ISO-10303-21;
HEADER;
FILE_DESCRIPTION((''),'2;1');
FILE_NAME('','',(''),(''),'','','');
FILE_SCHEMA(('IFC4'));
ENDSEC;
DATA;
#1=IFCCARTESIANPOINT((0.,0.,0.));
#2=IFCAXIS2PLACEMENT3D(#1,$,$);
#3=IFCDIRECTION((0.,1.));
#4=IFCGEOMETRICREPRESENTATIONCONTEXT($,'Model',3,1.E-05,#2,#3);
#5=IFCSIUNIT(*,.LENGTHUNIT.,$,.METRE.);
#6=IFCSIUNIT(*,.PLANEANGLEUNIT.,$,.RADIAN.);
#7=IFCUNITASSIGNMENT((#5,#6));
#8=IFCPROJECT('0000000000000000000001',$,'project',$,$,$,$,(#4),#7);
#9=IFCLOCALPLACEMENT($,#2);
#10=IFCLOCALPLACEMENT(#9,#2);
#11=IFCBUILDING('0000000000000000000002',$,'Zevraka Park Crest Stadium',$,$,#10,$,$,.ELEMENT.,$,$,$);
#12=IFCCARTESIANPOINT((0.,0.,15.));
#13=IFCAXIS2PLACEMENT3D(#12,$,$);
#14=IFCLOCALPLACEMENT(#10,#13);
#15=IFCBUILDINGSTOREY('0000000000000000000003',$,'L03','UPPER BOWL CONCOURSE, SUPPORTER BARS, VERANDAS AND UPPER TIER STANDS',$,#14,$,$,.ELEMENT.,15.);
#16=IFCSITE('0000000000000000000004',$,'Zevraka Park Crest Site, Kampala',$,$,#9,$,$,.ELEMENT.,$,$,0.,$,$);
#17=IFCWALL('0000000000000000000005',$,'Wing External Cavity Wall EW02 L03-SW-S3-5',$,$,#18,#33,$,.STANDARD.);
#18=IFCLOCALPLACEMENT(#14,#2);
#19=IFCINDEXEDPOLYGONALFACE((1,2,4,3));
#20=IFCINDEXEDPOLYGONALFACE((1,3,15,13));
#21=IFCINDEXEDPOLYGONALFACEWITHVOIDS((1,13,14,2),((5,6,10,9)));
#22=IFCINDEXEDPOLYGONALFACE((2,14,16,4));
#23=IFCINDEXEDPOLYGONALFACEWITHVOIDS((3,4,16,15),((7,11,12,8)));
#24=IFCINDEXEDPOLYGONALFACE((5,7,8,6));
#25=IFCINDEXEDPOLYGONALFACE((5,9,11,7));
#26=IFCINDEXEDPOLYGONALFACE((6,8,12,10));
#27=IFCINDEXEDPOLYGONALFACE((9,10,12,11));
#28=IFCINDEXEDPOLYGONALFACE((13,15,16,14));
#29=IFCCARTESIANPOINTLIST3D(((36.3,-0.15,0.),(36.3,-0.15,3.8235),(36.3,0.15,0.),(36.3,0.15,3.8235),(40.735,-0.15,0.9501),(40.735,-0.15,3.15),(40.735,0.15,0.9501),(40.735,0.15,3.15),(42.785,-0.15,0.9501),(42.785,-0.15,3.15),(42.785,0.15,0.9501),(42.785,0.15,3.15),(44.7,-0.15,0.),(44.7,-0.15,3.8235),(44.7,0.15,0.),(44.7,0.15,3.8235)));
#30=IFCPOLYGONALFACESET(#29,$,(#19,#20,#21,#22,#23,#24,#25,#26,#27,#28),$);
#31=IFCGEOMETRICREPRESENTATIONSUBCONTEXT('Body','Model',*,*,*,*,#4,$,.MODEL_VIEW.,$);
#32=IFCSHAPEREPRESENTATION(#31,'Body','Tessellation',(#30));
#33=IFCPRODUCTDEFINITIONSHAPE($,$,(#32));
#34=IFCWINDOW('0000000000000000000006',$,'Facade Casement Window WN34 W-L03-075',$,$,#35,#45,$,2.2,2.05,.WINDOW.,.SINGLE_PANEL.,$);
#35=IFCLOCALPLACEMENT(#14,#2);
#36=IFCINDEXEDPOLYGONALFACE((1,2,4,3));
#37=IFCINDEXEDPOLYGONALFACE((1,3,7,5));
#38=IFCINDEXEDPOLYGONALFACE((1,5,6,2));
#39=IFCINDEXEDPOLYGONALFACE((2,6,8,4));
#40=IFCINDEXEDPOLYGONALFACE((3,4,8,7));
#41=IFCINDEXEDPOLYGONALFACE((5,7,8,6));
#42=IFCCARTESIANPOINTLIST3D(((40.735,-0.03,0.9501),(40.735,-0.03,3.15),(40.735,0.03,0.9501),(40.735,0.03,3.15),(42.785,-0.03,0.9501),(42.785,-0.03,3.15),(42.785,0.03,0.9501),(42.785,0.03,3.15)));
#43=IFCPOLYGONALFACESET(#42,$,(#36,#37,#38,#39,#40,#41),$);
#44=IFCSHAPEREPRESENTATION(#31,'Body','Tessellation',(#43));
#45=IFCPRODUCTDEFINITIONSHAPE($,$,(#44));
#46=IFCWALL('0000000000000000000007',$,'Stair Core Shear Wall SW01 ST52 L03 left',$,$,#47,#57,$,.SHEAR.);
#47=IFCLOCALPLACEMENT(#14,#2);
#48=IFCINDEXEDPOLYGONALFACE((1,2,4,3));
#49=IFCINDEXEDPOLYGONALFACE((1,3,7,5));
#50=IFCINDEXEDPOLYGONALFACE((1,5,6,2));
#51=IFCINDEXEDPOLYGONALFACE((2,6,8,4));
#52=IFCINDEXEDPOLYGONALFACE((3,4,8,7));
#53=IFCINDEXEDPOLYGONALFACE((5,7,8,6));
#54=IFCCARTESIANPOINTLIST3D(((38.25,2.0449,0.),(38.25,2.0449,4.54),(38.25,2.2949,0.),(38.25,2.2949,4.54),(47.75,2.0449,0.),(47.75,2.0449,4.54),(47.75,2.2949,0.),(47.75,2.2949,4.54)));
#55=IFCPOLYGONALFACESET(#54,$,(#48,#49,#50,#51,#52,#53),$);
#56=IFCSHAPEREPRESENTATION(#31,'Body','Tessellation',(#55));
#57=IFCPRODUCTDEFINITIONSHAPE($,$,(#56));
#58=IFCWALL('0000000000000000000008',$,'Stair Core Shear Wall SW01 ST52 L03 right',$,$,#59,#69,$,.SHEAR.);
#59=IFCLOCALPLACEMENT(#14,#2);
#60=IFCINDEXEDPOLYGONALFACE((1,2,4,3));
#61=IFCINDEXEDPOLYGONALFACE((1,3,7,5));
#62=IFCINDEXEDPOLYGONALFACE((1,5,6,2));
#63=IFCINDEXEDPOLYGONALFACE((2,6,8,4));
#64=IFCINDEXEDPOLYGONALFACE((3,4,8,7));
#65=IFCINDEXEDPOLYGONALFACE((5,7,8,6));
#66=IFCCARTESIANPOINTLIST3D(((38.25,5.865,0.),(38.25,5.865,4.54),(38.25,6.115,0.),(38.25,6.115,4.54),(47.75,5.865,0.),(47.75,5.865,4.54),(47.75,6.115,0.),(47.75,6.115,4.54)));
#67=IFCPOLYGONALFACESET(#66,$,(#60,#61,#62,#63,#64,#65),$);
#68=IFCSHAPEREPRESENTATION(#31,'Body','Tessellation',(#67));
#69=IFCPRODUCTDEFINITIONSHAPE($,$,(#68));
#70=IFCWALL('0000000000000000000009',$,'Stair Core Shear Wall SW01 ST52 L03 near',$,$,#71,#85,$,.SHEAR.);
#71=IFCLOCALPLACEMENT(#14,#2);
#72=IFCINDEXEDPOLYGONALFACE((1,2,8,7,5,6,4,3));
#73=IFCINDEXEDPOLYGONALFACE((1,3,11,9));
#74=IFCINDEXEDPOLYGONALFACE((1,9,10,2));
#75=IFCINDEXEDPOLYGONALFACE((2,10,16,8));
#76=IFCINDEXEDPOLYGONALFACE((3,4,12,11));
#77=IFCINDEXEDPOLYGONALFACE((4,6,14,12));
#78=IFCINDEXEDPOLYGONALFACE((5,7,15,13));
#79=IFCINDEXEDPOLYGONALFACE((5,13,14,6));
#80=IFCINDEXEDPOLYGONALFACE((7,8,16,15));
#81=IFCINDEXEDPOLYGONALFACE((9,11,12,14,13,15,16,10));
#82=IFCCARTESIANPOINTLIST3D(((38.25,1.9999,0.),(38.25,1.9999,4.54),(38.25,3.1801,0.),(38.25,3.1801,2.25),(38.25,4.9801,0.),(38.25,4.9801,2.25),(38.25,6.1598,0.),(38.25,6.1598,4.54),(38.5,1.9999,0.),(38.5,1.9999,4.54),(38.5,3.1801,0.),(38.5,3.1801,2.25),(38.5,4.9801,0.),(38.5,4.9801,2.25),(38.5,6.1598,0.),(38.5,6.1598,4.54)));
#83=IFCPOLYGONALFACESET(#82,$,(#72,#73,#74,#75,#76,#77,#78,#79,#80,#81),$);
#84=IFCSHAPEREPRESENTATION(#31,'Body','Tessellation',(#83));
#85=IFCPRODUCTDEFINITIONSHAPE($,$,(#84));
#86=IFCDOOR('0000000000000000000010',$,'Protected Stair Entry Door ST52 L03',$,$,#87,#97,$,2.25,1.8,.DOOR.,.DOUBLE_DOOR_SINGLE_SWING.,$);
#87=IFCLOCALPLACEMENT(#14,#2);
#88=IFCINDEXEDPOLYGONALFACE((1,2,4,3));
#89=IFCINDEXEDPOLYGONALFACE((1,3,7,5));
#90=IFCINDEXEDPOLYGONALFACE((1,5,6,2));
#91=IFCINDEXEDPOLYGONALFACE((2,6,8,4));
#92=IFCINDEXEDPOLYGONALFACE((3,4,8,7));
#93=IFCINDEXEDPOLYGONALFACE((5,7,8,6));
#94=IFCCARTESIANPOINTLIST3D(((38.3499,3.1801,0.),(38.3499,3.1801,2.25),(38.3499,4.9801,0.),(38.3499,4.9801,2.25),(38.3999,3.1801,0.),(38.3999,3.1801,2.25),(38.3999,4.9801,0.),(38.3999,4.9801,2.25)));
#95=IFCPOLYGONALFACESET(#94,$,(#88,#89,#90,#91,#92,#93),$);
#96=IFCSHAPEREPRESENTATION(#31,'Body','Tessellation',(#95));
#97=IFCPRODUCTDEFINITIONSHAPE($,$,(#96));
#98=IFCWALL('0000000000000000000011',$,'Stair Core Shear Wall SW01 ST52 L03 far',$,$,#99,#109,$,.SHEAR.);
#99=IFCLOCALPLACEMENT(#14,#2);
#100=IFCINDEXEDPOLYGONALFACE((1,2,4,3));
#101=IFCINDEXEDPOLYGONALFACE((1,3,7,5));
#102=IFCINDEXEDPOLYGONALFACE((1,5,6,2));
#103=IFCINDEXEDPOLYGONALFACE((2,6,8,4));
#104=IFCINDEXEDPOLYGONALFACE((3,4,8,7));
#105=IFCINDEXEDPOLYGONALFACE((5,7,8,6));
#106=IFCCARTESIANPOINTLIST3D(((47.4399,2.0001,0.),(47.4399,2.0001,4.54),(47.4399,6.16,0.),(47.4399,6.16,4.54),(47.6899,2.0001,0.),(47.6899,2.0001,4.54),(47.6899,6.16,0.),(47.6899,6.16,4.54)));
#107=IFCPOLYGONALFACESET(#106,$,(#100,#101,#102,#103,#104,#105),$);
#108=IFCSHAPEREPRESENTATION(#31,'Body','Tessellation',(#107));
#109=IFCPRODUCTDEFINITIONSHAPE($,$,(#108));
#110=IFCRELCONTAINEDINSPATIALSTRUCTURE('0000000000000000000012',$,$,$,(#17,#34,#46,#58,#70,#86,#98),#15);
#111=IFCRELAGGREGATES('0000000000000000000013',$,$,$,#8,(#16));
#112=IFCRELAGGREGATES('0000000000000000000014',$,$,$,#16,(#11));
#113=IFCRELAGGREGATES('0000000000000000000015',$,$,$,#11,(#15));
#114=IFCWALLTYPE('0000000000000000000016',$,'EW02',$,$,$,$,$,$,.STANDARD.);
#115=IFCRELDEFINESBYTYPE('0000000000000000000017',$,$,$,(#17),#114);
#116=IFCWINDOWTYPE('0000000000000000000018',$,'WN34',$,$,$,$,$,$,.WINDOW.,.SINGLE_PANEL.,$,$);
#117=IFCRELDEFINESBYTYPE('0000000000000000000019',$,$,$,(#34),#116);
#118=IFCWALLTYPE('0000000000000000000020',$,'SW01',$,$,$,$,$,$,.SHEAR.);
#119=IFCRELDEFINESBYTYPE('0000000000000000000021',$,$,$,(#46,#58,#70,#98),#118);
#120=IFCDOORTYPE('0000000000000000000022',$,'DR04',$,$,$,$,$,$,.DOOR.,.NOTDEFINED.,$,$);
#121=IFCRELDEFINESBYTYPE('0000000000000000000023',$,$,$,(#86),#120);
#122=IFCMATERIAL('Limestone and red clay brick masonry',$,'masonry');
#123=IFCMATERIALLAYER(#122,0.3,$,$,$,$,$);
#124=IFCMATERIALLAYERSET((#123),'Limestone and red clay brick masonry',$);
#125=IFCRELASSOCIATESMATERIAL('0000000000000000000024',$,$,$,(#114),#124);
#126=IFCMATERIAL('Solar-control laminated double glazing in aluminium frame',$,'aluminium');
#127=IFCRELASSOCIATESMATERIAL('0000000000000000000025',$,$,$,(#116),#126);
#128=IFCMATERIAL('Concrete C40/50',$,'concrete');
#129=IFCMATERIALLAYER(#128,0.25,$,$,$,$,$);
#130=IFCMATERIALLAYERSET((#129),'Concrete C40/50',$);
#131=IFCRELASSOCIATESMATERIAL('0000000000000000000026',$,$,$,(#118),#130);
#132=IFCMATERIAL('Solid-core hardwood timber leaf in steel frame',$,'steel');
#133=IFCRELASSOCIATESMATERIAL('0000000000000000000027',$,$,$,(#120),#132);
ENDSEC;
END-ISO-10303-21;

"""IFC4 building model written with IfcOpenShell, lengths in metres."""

from ifc_helpers import new_model, si_unit, direction, frame, frame_2d, origin, place, context, subcontext, project, spatial, rectangle, extrude, material, layer, layer_set, type_object, element, fill, save


model = new_model("IFC4")

# Units and contexts
model_context = context("Model", 3, precision=1e-05, world=origin(), true_north=direction((0.0, 1.0)))
body_context = subcontext(model_context, "Body", "Model", "MODEL_VIEW")
ifc_project = project(units=[si_unit("LENGTHUNIT", "METRE"), si_unit("PLANEANGLEUNIT", "RADIAN")], contexts=[model_context])

# Site, building, storey
site_placement = place(None, origin())
site = spatial("IfcSite", under=ifc_project, at=site_placement, Name="Zevraka Park Crest Site, Kampala", CompositionType="ELEMENT", RefElevation=0.0)
building_placement = place(site_placement, origin())
building = spatial("IfcBuilding", under=site, at=building_placement, Name="Zevraka Park Crest Stadium", CompositionType="ELEMENT")
storey_placement = place(building_placement, frame((0.0, 0.0, 15.0)))
storey = spatial("IfcBuildingStorey", under=building, at=storey_placement, Name="L03", Description="UPPER BOWL CONCOURSE, SUPPORTER BARS, VERANDAS AND UPPER TIER STANDS", CompositionType="ELEMENT", Elevation=15.0)

# Wall, opening, window
ifc_material_1 = material(Name="Limestone and red clay brick masonry", Category="masonry")
ifc_layer_1 = layer(ifc_material_1, 0.3)
ifc_layer_set_1 = layer_set([ifc_layer_1], Name="Limestone and red clay brick masonry")
wall_type_1 = type_object("IfcWallType", Name="EW02", PredefinedType="STANDARD", material=ifc_layer_set_1)
wall_1_placement = place(storey_placement, frame((44.7, 0.0, 0.0), z_axis=(0.0, 0.0, 1.0), x_axis=(-1.0, 0.0, 0.0)))
wall_1 = element("IfcWall", 1, at=wall_1_placement, inside=storey, type_object=wall_type_1, Name="Wing External Cavity Wall EW02 L03-SW-S3-5", PredefinedType="STANDARD", context=body_context, shape_type="SweptSolid", body=[
    extrude(rectangle(XDim=8.3999, YDim=0.3, at=frame_2d((4.2, 0.0))), origin(), (0.0, 0.0, 1.0), 3.8235),
])
opening_1_placement = place(wall_1_placement, frame((1.915, 0.0, 0.95)))
opening_1 = element("IfcOpeningElement", 2, at=opening_1_placement, cuts=wall_1, PredefinedType="OPENING", context=body_context, shape_type="SweptSolid", body=[
    extrude(rectangle(XDim=2.05, YDim=2.2, at=frame_2d((1.0249, 1.1001))), frame((0.0, 0.1599, 0.0), z_axis=(0.0, -1.0, 0.0), x_axis=(1.0, 0.0, 0.0)), (0.0, 0.0, 1.0), 0.3201),
])
ifc_material_2 = material(Name="Solar-control laminated double glazing in aluminium frame", Category="aluminium")
window_type = type_object("IfcWindowType", Name="WN34", PartitioningType="SINGLE_PANEL", PredefinedType="WINDOW", material=ifc_material_2)
window_placement = place(opening_1_placement, origin())
window = element("IfcWindow", 3, at=window_placement, inside=storey, type_object=window_type, Name="Facade Casement Window WN34 W-L03-075", OverallHeight=2.2, OverallWidth=2.05, PartitioningType="SINGLE_PANEL", PredefinedType="WINDOW", context=body_context, shape_type="SweptSolid", body=[
    extrude(rectangle(XDim=2.05, YDim=2.2, at=frame_2d((1.0249, 1.1001))), frame((0.0, 0.03, 0.0), z_axis=(0.0, -1.0, 0.0), x_axis=(1.0, 0.0, 0.0)), (0.0, 0.0, 1.0), 0.0601),
])
fill(opening_1, window)

# Walls
ifc_material_3 = material(Name="Concrete C40/50", Category="concrete")
ifc_layer_2 = layer(ifc_material_3, 0.25)
ifc_layer_set_2 = layer_set([ifc_layer_2], Name="Concrete C40/50")
wall_type_2 = type_object("IfcWallType", Name="SW01", PredefinedType="SHEAR", material=ifc_layer_set_2)
for number, where, z_axis, x_axis, name in (
    (4, (38.25, 2.1699, 0.0), (0.0, 0.0, 1.0), (1.0, 0.0, 0.0), "Stair Core Shear Wall SW01 ST52 L03 left"),
    (5, (47.75, 5.99, 0.0), (0.0, 0.0, 1.0), (-1.0, 0.0, 0.0), "Stair Core Shear Wall SW01 ST52 L03 right"),
):
    element("IfcWall", number, at=place(storey_placement, frame(where, z_axis=z_axis, x_axis=x_axis)), inside=storey, type_object=wall_type_2, Name=name, PredefinedType="SHEAR", context=body_context, shape_type="SweptSolid", body=[
        extrude(rectangle(XDim=9.5, YDim=0.25, at=frame_2d((4.75, 0.0))), origin(), (0.0, 0.0, 1.0), 4.54),
    ])

# Wall, opening, door
wall_2_placement = place(storey_placement, frame((38.375, 6.1599, 0.0), z_axis=(0.0, 0.0, 1.0), x_axis=(0.0, -1.0, 0.0)))
wall_2 = element("IfcWall", 6, at=wall_2_placement, inside=storey, type_object=wall_type_2, Name="Stair Core Shear Wall SW01 ST52 L03 near", PredefinedType="SHEAR", context=body_context, shape_type="SweptSolid", body=[
    extrude(rectangle(XDim=4.1599, YDim=0.25, at=frame_2d((2.0801, 0.0))), origin(), (0.0, 0.0, 1.0), 4.54),
])
opening_2_placement = place(wall_2_placement, frame((1.1799, 0.0, 0.0)))
opening_2 = element("IfcOpeningElement", 7, at=opening_2_placement, cuts=wall_2, PredefinedType="OPENING", context=body_context, shape_type="SweptSolid", body=[
    extrude(rectangle(XDim=1.8, YDim=2.25, at=frame_2d((0.8999, 1.125))), frame((0.0, 0.135, 0.0), z_axis=(0.0, -1.0, 0.0), x_axis=(1.0, 0.0, 0.0)), (0.0, 0.0, 1.0), 0.27),
])
ifc_material_4 = material(Name="Solid-core hardwood timber leaf in steel frame", Category="steel")
door_type = type_object("IfcDoorType", Name="DR04", OperationType="NOTDEFINED", PredefinedType="DOOR", material=ifc_material_4)
door_placement = place(opening_2_placement, origin())
door = element("IfcDoor", 8, at=door_placement, inside=storey, type_object=door_type, Name="Protected Stair Entry Door ST52 L03", OperationType="DOUBLE_DOOR_SINGLE_SWING", OverallHeight=2.25, OverallWidth=1.8, PredefinedType="DOOR", context=body_context, shape_type="SweptSolid", body=[
    extrude(rectangle(XDim=1.8, YDim=2.25, at=frame_2d((0.8999, 1.125))), frame((0.0, 0.0249, 0.0), z_axis=(0.0, -1.0, 0.0), x_axis=(1.0, 0.0, 0.0)), (0.0, 0.0, 1.0), 0.05),
])
fill(opening_2, door)

# Wall
wall_3_placement = place(storey_placement, frame((47.5649, 2.0, 0.0), z_axis=(0.0, 0.0, 1.0), x_axis=(0.0, 1.0, 0.0)))
element("IfcWall", 9, at=wall_3_placement, inside=storey, type_object=wall_type_2, Name="Stair Core Shear Wall SW01 ST52 L03 far", PredefinedType="SHEAR", context=body_context, shape_type="SweptSolid", body=[
    extrude(rectangle(XDim=4.1599, YDim=0.25, at=frame_2d((2.0801, 0.0))), origin(), (0.0, 0.0, 1.0), 4.54),
])

save(model, "model.ifc")
